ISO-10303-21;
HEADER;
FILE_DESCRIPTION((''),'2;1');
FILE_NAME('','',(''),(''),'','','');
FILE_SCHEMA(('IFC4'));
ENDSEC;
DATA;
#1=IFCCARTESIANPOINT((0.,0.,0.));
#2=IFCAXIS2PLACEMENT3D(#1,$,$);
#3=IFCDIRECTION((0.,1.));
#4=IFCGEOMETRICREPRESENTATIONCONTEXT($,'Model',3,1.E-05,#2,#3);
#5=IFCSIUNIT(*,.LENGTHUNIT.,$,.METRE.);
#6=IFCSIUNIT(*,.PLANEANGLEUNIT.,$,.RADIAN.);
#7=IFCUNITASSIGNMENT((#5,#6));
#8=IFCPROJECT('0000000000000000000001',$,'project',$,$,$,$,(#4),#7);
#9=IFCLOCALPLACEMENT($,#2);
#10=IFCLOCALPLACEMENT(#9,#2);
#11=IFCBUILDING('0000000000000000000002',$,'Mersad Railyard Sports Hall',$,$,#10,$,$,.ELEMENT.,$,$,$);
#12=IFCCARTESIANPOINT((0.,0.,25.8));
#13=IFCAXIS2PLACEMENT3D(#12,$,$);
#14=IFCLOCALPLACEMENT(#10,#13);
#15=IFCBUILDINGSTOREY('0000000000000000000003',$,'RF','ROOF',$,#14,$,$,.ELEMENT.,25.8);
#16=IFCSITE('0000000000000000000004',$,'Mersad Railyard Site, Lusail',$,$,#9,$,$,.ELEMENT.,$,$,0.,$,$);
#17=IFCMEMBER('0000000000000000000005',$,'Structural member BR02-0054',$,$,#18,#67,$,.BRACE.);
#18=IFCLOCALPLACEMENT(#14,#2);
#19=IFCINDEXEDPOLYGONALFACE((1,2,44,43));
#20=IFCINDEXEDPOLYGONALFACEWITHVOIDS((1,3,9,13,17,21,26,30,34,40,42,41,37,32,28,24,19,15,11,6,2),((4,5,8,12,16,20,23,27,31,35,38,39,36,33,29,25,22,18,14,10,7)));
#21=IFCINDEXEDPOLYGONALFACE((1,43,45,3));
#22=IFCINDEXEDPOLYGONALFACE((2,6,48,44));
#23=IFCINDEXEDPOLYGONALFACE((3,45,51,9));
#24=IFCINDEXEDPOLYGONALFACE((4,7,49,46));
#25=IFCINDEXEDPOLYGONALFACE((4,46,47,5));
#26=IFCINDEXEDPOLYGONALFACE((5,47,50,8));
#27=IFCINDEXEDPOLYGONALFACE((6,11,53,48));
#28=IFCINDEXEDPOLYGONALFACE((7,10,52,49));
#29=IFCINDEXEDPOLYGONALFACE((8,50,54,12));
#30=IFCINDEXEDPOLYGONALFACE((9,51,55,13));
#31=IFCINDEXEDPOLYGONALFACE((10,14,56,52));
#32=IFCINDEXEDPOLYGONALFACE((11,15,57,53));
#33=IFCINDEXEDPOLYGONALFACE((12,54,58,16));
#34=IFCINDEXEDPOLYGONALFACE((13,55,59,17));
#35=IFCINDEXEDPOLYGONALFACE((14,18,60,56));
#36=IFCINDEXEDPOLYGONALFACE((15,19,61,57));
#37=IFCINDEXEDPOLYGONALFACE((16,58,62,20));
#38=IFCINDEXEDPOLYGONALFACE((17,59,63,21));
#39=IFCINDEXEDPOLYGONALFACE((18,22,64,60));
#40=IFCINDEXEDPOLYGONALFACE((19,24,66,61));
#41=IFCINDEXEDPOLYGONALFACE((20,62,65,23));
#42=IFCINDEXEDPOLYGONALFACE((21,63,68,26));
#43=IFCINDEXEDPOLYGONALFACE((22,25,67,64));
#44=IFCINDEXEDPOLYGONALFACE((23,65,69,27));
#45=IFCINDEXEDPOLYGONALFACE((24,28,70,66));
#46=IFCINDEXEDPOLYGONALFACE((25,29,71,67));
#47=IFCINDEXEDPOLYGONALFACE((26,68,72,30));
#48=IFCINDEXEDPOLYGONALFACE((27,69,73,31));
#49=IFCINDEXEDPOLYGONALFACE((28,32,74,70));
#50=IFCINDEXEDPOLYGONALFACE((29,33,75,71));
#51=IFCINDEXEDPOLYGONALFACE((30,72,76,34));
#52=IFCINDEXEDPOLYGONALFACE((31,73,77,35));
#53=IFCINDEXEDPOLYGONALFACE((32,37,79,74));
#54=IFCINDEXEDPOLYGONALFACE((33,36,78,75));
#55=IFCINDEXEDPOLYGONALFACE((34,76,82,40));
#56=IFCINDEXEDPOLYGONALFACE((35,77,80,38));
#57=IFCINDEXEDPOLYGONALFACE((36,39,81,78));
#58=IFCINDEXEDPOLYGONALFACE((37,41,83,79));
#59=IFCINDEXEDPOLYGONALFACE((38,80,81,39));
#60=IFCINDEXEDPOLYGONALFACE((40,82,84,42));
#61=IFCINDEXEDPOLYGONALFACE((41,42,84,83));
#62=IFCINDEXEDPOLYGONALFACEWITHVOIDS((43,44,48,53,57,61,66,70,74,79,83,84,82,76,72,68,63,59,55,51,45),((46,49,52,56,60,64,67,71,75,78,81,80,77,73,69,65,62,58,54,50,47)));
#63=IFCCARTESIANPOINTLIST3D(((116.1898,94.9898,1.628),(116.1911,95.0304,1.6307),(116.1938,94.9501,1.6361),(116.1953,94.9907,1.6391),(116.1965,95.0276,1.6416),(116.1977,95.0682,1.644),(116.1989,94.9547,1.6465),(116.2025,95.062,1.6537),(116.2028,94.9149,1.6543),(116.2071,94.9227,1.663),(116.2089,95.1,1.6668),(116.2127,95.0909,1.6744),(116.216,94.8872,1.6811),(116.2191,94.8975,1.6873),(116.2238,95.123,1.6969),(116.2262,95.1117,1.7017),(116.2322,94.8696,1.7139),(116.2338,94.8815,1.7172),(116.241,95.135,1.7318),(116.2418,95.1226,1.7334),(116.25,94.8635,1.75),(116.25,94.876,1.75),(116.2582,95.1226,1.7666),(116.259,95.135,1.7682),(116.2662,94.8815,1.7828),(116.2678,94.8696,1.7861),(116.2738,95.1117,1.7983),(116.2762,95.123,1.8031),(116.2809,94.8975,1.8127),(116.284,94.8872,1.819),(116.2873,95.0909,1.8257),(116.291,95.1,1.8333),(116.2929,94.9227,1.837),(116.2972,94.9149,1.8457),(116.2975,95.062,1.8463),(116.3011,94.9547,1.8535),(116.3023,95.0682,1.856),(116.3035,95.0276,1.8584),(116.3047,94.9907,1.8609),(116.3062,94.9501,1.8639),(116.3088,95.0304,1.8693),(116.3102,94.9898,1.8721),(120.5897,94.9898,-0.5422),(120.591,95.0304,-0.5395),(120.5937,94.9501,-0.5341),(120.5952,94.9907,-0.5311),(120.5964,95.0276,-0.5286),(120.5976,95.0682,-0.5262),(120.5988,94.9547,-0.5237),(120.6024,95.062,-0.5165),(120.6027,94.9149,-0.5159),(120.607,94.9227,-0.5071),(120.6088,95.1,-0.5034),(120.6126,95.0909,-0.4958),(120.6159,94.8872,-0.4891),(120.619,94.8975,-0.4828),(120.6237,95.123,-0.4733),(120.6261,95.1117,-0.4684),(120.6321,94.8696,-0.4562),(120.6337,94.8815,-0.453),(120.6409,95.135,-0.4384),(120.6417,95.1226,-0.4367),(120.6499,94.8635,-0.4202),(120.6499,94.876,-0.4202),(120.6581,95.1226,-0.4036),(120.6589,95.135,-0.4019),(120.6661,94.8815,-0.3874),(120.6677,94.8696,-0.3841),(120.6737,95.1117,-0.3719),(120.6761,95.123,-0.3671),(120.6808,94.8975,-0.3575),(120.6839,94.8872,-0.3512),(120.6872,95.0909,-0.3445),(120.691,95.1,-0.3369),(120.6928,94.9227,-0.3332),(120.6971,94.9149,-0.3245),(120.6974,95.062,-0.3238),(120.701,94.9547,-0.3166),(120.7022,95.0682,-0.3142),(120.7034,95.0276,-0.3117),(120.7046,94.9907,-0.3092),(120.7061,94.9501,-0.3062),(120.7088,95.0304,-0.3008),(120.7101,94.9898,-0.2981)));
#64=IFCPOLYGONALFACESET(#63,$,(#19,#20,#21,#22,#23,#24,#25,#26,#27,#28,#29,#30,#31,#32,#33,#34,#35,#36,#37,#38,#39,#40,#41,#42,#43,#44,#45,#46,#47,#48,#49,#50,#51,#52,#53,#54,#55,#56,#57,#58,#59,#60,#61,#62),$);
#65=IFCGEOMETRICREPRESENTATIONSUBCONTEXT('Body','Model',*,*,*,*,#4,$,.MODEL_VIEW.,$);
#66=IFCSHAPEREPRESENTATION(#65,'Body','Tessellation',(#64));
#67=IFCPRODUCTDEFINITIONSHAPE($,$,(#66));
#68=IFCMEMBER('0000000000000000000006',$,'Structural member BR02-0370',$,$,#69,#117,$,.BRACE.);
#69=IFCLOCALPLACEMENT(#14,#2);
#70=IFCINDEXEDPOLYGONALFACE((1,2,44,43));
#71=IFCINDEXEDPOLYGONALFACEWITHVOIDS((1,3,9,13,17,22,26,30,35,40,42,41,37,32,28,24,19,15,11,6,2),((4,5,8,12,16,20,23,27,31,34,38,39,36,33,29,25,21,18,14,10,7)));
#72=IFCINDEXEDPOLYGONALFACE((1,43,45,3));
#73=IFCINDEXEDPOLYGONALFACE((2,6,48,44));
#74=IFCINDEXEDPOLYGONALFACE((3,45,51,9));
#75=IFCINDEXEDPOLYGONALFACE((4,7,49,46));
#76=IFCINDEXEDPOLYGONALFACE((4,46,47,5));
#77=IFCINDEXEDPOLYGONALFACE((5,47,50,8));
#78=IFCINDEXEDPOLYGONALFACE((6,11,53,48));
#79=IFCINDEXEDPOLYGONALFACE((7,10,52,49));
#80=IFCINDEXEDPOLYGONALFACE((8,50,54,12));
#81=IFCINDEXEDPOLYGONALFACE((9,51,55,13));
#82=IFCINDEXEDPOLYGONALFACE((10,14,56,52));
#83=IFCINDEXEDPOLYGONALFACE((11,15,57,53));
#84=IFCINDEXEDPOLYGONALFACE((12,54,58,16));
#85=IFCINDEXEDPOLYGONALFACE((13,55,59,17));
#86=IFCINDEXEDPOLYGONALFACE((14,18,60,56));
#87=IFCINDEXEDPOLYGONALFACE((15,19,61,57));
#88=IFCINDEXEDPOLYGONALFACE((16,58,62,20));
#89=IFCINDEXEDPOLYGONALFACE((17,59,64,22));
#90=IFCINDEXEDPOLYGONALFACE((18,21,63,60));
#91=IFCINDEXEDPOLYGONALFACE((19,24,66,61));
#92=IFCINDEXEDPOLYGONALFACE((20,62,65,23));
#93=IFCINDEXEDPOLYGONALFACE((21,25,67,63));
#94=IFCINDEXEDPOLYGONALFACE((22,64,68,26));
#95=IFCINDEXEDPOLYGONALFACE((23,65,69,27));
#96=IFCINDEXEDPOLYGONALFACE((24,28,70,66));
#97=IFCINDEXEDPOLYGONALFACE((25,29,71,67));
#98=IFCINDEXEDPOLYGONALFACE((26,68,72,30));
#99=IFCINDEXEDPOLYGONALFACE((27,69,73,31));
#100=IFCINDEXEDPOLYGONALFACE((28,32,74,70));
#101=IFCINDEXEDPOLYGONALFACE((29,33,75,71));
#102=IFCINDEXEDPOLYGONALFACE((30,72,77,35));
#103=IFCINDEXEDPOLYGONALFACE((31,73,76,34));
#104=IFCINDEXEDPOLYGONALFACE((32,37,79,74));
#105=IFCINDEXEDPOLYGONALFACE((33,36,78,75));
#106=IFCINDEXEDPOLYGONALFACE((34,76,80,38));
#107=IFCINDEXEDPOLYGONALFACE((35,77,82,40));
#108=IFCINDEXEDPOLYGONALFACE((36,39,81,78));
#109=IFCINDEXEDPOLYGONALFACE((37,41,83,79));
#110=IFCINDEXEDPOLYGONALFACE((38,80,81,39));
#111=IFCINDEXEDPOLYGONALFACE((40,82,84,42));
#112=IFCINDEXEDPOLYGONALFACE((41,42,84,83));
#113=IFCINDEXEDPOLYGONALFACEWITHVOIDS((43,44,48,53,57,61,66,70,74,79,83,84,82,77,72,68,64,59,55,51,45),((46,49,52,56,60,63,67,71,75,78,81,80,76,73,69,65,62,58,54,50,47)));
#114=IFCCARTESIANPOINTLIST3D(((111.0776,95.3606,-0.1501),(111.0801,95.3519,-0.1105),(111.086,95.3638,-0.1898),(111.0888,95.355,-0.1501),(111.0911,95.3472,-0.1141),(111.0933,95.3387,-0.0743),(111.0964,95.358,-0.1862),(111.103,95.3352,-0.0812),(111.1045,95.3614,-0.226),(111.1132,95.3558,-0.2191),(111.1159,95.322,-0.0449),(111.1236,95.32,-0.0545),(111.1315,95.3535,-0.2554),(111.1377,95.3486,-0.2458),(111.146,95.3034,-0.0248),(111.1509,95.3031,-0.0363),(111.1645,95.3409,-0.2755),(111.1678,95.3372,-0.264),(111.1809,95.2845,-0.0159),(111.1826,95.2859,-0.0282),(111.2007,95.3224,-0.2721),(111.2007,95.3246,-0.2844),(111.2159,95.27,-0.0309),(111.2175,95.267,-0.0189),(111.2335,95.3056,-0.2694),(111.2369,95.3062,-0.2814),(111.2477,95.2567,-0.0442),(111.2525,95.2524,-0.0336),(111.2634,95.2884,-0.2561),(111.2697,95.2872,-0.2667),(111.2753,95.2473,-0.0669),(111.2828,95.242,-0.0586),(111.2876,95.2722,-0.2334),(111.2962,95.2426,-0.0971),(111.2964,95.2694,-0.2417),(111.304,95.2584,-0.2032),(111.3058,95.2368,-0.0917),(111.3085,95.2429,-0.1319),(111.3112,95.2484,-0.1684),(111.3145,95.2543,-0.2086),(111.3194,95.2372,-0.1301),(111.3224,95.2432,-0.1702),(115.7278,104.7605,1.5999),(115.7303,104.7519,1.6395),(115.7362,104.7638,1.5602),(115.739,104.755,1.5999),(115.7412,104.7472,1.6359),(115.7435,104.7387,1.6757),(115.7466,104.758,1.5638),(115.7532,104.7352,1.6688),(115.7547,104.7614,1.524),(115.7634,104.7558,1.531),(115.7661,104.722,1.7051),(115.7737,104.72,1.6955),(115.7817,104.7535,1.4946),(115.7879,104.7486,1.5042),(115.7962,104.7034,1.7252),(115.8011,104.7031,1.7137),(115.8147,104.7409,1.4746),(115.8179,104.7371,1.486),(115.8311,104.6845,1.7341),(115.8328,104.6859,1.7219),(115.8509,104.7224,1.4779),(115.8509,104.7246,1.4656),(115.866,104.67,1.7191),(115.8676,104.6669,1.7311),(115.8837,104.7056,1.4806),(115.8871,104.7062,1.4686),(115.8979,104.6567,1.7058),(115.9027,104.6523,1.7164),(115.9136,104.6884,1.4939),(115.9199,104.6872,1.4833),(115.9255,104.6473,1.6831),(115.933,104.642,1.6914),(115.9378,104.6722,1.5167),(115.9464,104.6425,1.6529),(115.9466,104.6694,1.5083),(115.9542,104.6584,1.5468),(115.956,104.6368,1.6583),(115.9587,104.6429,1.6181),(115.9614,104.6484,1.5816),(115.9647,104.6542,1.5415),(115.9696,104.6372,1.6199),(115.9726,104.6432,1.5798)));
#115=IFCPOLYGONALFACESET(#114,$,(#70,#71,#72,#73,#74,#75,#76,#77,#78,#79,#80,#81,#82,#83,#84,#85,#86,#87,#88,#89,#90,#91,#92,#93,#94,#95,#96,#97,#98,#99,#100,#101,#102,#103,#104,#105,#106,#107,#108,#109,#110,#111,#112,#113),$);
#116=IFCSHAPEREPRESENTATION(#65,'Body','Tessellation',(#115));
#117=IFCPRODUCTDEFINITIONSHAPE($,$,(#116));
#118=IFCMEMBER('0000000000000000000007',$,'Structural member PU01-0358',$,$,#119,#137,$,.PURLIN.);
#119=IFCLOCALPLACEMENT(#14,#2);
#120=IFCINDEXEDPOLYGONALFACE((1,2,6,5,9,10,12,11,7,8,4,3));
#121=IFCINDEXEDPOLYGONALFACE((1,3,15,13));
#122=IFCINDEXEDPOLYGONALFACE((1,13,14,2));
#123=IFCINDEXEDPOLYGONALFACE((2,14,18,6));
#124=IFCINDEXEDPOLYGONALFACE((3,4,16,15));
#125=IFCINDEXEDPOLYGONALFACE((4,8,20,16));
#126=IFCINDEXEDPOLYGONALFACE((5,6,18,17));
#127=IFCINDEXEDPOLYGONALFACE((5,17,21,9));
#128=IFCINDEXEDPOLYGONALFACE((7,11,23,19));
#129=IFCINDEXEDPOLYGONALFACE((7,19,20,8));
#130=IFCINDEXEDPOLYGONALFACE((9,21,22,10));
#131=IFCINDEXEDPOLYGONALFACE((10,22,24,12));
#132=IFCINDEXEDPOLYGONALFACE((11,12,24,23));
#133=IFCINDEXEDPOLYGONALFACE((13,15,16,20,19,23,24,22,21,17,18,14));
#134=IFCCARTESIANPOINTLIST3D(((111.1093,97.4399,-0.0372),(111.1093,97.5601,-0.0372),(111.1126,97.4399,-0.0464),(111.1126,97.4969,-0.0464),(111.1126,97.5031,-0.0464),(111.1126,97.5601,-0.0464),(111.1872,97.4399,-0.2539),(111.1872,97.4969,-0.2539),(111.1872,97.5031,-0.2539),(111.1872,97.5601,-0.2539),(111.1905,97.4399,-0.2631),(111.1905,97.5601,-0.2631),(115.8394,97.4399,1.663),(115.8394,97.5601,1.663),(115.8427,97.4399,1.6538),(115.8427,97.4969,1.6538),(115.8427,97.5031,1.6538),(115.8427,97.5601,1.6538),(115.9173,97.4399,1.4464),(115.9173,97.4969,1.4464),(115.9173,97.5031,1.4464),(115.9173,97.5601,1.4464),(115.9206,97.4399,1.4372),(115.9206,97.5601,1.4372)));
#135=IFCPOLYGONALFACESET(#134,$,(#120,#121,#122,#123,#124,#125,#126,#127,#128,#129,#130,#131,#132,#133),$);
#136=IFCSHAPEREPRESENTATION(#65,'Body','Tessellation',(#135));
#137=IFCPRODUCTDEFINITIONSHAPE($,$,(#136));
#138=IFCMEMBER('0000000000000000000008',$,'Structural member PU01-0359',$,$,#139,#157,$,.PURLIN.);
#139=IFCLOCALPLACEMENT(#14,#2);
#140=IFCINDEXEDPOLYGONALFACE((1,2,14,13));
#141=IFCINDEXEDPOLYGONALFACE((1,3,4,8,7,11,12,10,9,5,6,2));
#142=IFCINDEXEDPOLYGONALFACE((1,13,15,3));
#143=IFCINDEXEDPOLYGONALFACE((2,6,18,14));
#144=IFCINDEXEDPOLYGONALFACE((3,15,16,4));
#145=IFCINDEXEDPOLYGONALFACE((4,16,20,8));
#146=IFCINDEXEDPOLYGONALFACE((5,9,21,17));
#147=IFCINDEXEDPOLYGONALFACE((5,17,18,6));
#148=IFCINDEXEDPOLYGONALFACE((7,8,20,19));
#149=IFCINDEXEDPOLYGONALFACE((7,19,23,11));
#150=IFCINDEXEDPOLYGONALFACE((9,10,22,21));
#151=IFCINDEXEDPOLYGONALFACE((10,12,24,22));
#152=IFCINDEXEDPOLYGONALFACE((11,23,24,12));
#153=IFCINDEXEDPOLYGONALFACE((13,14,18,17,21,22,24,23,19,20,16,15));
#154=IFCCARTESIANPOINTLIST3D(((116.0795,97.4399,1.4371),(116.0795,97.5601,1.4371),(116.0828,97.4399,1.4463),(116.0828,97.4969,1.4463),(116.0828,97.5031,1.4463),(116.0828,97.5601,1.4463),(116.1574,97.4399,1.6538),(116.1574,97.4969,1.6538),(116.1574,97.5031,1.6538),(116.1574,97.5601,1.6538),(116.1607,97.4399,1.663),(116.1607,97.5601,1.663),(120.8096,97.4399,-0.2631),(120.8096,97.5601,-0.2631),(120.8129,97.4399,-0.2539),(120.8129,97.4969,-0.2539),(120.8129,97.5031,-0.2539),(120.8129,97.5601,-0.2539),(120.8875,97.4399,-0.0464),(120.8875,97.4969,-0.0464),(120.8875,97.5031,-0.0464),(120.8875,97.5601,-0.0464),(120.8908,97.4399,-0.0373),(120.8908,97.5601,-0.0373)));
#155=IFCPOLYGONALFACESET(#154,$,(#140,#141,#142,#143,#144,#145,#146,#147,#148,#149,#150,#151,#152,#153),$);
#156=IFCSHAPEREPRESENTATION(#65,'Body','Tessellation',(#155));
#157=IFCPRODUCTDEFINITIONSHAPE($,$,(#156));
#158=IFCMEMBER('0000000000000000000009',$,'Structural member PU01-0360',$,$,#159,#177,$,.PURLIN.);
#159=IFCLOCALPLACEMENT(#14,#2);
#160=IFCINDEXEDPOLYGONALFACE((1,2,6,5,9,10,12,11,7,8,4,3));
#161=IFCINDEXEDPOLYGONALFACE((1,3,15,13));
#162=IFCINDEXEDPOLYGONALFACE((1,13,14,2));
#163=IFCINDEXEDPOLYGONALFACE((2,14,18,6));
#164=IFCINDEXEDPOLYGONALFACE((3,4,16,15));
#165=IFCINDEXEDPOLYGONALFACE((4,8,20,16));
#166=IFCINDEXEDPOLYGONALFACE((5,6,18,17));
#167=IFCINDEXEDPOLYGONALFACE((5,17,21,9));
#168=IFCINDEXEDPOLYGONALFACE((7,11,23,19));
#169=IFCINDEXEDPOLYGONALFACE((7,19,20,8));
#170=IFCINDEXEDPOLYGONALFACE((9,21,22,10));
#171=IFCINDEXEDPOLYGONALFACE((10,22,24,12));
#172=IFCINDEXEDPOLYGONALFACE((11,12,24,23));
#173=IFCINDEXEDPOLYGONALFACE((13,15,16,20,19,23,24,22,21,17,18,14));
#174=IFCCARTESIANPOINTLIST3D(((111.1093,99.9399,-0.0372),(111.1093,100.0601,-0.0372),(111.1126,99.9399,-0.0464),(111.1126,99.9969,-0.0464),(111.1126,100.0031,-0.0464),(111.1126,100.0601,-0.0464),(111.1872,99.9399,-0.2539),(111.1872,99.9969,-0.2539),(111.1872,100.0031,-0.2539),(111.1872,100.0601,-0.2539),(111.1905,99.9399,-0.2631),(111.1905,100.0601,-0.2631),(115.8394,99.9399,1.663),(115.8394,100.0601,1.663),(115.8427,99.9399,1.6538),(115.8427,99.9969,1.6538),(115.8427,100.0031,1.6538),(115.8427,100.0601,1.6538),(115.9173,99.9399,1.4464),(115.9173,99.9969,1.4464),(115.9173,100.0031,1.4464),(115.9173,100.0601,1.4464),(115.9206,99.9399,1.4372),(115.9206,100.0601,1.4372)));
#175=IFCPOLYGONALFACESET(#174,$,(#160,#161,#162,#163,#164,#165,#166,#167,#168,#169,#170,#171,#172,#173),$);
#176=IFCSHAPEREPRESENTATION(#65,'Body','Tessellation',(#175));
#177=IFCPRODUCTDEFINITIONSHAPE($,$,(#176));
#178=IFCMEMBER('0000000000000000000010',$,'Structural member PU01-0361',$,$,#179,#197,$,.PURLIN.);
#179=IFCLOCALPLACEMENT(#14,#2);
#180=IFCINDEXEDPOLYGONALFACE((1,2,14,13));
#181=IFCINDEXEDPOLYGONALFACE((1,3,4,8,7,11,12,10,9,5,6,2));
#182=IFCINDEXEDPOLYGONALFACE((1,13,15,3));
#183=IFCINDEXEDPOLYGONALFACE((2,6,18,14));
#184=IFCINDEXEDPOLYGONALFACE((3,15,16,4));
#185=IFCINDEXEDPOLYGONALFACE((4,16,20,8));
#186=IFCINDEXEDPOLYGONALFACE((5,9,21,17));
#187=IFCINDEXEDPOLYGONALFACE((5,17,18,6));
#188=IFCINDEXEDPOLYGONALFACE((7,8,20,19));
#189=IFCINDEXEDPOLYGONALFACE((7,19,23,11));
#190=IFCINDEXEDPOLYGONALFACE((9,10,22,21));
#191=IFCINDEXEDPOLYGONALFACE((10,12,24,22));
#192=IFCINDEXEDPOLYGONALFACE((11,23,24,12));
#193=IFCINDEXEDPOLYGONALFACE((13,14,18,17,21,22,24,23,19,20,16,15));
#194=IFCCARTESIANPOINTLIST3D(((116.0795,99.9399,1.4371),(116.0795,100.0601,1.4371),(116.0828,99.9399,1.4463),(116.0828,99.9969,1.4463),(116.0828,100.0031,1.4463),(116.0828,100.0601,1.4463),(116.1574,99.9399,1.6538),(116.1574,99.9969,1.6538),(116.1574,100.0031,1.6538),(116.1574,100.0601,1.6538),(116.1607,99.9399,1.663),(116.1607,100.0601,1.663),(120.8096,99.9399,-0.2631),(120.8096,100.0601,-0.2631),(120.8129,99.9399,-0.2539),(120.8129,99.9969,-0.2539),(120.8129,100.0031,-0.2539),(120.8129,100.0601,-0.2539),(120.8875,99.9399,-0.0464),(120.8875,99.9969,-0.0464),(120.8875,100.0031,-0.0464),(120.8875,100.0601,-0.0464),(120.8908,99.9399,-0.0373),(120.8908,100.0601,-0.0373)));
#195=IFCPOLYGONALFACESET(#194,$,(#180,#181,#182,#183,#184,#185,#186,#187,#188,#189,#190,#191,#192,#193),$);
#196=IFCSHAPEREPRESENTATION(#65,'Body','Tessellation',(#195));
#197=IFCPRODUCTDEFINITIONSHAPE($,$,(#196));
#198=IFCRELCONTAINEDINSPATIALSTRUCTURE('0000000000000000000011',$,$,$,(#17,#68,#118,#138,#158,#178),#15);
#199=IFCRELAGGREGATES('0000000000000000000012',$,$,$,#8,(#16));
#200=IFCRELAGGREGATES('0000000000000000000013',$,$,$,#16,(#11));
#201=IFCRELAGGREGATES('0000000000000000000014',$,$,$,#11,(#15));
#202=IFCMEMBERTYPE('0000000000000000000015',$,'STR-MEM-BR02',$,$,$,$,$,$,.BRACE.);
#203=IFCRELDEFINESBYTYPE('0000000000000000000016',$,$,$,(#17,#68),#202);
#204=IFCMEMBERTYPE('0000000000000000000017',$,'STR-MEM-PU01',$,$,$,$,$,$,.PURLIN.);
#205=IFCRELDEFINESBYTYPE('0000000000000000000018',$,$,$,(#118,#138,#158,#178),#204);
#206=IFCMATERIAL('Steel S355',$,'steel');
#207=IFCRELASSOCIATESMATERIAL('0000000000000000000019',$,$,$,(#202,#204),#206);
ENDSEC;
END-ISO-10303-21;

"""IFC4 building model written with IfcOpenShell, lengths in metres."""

from ifc_helpers import new_model, si_unit, direction, frame, origin, origin_2d, place, context, subcontext, project, spatial, hollow_circle, i_section, extrude, material, material_profile, profile_set, type_object, element, save


model = new_model("IFC4")

# Units and contexts
model_context = context("Model", 3, precision=1e-05, world=origin(), true_north=direction((0.0, 1.0)))
body_context = subcontext(model_context, "Body", "Model", "MODEL_VIEW")
ifc_project = project(units=[si_unit("LENGTHUNIT", "METRE"), si_unit("PLANEANGLEUNIT", "RADIAN")], contexts=[model_context])

# Site, building, storey
site_placement = place(None, origin())
site = spatial("IfcSite", under=ifc_project, at=site_placement, Name="Mersad Railyard Site, Lusail", CompositionType="ELEMENT", RefElevation=0.0)
building_placement = place(site_placement, origin())
building = spatial("IfcBuilding", under=site, at=building_placement, Name="Mersad Railyard Sports Hall", CompositionType="ELEMENT")
storey_placement = place(building_placement, frame((0.0, 0.0, 25.8)))
storey = spatial("IfcBuildingStorey", under=building, at=storey_placement, Name="RF", Description="ROOF", CompositionType="ELEMENT", Elevation=25.8)

# Shared definitions
ifc_material_1 = material(Name="Steel S355", Category="steel")

# Members
ifc_material_profile_1 = material_profile(ifc_material_1, hollow_circle(Radius=0.1365, WallThickness=0.0125, at=origin_2d()), Name="CHS 273x12.5")
ifc_profile_set_1 = profile_set([ifc_material_profile_1], Name="Steel S355")
member_type_1 = type_object("IfcMemberType", Name="STR-MEM-BR02", PredefinedType="BRACE", material=ifc_profile_set_1)
for number, where, z_axis, x_axis, name in (
    (1, (120.6499, 95.0, -0.4202), (-0.896842, 0.0, 0.44235), (0.0, -1.0, 0.0), "Structural member BR02-0054"),
):
    element("IfcMember", number, at=place(storey_placement, frame(where, z_axis=z_axis, x_axis=x_axis)), inside=storey, type_object=member_type_1, Name=name, PredefinedType="BRACE", context=body_context, shape_type="SweptSolid", body=[
        extrude(hollow_circle(Radius=0.1365, WallThickness=0.0125, at=origin_2d()), origin(), (0.0, 0.0, 1.0), 4.906),
    ])
member_placement = place(storey_placement, frame((111.2, 95.3, -0.1501), z_axis=(0.437363, 0.884094, 0.164594), x_axis=(-0.896319, 0.44341, 0.0)))
element("IfcMember", 2, at=member_placement, inside=storey, type_object=member_type_1, Name="Structural member BR02-0370", PredefinedType="BRACE", context=body_context, shape_type="SweptSolid", body=[
    extrude(hollow_circle(Radius=0.1365, WallThickness=0.0125, at=origin_2d()), origin(), (0.0, 0.0, 1.0), 10.6323),
])
ifc_material_profile_2 = material_profile(ifc_material_1, i_section(OverallWidth=0.1201, OverallDepth=0.24, WebThickness=0.0061, FlangeThickness=0.0098, at=origin_2d()), Name="IPE 240")
ifc_profile_set_2 = profile_set([ifc_material_profile_2], Name="Steel S355")
member_type_2 = type_object("IfcMemberType", Name="STR-MEM-PU01", PredefinedType="PURLIN", material=ifc_profile_set_2)
for number, where, z_axis, x_axis, name in (
    (3, (111.1499, 97.5, -0.1501), (0.941052, 0.0, 0.338262), (0.0, 1.0, 0.0), "Structural member PU01-0358"),
    (4, (116.1201, 97.5, 1.55), (0.941052, 0.0, -0.338262), (0.0, 1.0, 0.0), "Structural member PU01-0359"),
    (5, (111.1499, 100.0, -0.1501), (0.941052, 0.0, 0.338262), (0.0, 1.0, 0.0), "Structural member PU01-0360"),
    (6, (116.1201, 100.0, 1.55), (0.941052, 0.0, -0.338262), (0.0, 1.0, 0.0), "Structural member PU01-0361"),
):
    element("IfcMember", number, at=place(storey_placement, frame(where, z_axis=z_axis, x_axis=x_axis)), inside=storey, type_object=member_type_2, Name=name, PredefinedType="PURLIN", context=body_context, shape_type="SweptSolid", body=[
        extrude(i_section(OverallWidth=0.1201, OverallDepth=0.24, WebThickness=0.0061, FlangeThickness=0.0098, at=origin_2d()), origin(), (0.0, 0.0, 1.0), 5.0264),
    ])

save(model, "model.ifc")
